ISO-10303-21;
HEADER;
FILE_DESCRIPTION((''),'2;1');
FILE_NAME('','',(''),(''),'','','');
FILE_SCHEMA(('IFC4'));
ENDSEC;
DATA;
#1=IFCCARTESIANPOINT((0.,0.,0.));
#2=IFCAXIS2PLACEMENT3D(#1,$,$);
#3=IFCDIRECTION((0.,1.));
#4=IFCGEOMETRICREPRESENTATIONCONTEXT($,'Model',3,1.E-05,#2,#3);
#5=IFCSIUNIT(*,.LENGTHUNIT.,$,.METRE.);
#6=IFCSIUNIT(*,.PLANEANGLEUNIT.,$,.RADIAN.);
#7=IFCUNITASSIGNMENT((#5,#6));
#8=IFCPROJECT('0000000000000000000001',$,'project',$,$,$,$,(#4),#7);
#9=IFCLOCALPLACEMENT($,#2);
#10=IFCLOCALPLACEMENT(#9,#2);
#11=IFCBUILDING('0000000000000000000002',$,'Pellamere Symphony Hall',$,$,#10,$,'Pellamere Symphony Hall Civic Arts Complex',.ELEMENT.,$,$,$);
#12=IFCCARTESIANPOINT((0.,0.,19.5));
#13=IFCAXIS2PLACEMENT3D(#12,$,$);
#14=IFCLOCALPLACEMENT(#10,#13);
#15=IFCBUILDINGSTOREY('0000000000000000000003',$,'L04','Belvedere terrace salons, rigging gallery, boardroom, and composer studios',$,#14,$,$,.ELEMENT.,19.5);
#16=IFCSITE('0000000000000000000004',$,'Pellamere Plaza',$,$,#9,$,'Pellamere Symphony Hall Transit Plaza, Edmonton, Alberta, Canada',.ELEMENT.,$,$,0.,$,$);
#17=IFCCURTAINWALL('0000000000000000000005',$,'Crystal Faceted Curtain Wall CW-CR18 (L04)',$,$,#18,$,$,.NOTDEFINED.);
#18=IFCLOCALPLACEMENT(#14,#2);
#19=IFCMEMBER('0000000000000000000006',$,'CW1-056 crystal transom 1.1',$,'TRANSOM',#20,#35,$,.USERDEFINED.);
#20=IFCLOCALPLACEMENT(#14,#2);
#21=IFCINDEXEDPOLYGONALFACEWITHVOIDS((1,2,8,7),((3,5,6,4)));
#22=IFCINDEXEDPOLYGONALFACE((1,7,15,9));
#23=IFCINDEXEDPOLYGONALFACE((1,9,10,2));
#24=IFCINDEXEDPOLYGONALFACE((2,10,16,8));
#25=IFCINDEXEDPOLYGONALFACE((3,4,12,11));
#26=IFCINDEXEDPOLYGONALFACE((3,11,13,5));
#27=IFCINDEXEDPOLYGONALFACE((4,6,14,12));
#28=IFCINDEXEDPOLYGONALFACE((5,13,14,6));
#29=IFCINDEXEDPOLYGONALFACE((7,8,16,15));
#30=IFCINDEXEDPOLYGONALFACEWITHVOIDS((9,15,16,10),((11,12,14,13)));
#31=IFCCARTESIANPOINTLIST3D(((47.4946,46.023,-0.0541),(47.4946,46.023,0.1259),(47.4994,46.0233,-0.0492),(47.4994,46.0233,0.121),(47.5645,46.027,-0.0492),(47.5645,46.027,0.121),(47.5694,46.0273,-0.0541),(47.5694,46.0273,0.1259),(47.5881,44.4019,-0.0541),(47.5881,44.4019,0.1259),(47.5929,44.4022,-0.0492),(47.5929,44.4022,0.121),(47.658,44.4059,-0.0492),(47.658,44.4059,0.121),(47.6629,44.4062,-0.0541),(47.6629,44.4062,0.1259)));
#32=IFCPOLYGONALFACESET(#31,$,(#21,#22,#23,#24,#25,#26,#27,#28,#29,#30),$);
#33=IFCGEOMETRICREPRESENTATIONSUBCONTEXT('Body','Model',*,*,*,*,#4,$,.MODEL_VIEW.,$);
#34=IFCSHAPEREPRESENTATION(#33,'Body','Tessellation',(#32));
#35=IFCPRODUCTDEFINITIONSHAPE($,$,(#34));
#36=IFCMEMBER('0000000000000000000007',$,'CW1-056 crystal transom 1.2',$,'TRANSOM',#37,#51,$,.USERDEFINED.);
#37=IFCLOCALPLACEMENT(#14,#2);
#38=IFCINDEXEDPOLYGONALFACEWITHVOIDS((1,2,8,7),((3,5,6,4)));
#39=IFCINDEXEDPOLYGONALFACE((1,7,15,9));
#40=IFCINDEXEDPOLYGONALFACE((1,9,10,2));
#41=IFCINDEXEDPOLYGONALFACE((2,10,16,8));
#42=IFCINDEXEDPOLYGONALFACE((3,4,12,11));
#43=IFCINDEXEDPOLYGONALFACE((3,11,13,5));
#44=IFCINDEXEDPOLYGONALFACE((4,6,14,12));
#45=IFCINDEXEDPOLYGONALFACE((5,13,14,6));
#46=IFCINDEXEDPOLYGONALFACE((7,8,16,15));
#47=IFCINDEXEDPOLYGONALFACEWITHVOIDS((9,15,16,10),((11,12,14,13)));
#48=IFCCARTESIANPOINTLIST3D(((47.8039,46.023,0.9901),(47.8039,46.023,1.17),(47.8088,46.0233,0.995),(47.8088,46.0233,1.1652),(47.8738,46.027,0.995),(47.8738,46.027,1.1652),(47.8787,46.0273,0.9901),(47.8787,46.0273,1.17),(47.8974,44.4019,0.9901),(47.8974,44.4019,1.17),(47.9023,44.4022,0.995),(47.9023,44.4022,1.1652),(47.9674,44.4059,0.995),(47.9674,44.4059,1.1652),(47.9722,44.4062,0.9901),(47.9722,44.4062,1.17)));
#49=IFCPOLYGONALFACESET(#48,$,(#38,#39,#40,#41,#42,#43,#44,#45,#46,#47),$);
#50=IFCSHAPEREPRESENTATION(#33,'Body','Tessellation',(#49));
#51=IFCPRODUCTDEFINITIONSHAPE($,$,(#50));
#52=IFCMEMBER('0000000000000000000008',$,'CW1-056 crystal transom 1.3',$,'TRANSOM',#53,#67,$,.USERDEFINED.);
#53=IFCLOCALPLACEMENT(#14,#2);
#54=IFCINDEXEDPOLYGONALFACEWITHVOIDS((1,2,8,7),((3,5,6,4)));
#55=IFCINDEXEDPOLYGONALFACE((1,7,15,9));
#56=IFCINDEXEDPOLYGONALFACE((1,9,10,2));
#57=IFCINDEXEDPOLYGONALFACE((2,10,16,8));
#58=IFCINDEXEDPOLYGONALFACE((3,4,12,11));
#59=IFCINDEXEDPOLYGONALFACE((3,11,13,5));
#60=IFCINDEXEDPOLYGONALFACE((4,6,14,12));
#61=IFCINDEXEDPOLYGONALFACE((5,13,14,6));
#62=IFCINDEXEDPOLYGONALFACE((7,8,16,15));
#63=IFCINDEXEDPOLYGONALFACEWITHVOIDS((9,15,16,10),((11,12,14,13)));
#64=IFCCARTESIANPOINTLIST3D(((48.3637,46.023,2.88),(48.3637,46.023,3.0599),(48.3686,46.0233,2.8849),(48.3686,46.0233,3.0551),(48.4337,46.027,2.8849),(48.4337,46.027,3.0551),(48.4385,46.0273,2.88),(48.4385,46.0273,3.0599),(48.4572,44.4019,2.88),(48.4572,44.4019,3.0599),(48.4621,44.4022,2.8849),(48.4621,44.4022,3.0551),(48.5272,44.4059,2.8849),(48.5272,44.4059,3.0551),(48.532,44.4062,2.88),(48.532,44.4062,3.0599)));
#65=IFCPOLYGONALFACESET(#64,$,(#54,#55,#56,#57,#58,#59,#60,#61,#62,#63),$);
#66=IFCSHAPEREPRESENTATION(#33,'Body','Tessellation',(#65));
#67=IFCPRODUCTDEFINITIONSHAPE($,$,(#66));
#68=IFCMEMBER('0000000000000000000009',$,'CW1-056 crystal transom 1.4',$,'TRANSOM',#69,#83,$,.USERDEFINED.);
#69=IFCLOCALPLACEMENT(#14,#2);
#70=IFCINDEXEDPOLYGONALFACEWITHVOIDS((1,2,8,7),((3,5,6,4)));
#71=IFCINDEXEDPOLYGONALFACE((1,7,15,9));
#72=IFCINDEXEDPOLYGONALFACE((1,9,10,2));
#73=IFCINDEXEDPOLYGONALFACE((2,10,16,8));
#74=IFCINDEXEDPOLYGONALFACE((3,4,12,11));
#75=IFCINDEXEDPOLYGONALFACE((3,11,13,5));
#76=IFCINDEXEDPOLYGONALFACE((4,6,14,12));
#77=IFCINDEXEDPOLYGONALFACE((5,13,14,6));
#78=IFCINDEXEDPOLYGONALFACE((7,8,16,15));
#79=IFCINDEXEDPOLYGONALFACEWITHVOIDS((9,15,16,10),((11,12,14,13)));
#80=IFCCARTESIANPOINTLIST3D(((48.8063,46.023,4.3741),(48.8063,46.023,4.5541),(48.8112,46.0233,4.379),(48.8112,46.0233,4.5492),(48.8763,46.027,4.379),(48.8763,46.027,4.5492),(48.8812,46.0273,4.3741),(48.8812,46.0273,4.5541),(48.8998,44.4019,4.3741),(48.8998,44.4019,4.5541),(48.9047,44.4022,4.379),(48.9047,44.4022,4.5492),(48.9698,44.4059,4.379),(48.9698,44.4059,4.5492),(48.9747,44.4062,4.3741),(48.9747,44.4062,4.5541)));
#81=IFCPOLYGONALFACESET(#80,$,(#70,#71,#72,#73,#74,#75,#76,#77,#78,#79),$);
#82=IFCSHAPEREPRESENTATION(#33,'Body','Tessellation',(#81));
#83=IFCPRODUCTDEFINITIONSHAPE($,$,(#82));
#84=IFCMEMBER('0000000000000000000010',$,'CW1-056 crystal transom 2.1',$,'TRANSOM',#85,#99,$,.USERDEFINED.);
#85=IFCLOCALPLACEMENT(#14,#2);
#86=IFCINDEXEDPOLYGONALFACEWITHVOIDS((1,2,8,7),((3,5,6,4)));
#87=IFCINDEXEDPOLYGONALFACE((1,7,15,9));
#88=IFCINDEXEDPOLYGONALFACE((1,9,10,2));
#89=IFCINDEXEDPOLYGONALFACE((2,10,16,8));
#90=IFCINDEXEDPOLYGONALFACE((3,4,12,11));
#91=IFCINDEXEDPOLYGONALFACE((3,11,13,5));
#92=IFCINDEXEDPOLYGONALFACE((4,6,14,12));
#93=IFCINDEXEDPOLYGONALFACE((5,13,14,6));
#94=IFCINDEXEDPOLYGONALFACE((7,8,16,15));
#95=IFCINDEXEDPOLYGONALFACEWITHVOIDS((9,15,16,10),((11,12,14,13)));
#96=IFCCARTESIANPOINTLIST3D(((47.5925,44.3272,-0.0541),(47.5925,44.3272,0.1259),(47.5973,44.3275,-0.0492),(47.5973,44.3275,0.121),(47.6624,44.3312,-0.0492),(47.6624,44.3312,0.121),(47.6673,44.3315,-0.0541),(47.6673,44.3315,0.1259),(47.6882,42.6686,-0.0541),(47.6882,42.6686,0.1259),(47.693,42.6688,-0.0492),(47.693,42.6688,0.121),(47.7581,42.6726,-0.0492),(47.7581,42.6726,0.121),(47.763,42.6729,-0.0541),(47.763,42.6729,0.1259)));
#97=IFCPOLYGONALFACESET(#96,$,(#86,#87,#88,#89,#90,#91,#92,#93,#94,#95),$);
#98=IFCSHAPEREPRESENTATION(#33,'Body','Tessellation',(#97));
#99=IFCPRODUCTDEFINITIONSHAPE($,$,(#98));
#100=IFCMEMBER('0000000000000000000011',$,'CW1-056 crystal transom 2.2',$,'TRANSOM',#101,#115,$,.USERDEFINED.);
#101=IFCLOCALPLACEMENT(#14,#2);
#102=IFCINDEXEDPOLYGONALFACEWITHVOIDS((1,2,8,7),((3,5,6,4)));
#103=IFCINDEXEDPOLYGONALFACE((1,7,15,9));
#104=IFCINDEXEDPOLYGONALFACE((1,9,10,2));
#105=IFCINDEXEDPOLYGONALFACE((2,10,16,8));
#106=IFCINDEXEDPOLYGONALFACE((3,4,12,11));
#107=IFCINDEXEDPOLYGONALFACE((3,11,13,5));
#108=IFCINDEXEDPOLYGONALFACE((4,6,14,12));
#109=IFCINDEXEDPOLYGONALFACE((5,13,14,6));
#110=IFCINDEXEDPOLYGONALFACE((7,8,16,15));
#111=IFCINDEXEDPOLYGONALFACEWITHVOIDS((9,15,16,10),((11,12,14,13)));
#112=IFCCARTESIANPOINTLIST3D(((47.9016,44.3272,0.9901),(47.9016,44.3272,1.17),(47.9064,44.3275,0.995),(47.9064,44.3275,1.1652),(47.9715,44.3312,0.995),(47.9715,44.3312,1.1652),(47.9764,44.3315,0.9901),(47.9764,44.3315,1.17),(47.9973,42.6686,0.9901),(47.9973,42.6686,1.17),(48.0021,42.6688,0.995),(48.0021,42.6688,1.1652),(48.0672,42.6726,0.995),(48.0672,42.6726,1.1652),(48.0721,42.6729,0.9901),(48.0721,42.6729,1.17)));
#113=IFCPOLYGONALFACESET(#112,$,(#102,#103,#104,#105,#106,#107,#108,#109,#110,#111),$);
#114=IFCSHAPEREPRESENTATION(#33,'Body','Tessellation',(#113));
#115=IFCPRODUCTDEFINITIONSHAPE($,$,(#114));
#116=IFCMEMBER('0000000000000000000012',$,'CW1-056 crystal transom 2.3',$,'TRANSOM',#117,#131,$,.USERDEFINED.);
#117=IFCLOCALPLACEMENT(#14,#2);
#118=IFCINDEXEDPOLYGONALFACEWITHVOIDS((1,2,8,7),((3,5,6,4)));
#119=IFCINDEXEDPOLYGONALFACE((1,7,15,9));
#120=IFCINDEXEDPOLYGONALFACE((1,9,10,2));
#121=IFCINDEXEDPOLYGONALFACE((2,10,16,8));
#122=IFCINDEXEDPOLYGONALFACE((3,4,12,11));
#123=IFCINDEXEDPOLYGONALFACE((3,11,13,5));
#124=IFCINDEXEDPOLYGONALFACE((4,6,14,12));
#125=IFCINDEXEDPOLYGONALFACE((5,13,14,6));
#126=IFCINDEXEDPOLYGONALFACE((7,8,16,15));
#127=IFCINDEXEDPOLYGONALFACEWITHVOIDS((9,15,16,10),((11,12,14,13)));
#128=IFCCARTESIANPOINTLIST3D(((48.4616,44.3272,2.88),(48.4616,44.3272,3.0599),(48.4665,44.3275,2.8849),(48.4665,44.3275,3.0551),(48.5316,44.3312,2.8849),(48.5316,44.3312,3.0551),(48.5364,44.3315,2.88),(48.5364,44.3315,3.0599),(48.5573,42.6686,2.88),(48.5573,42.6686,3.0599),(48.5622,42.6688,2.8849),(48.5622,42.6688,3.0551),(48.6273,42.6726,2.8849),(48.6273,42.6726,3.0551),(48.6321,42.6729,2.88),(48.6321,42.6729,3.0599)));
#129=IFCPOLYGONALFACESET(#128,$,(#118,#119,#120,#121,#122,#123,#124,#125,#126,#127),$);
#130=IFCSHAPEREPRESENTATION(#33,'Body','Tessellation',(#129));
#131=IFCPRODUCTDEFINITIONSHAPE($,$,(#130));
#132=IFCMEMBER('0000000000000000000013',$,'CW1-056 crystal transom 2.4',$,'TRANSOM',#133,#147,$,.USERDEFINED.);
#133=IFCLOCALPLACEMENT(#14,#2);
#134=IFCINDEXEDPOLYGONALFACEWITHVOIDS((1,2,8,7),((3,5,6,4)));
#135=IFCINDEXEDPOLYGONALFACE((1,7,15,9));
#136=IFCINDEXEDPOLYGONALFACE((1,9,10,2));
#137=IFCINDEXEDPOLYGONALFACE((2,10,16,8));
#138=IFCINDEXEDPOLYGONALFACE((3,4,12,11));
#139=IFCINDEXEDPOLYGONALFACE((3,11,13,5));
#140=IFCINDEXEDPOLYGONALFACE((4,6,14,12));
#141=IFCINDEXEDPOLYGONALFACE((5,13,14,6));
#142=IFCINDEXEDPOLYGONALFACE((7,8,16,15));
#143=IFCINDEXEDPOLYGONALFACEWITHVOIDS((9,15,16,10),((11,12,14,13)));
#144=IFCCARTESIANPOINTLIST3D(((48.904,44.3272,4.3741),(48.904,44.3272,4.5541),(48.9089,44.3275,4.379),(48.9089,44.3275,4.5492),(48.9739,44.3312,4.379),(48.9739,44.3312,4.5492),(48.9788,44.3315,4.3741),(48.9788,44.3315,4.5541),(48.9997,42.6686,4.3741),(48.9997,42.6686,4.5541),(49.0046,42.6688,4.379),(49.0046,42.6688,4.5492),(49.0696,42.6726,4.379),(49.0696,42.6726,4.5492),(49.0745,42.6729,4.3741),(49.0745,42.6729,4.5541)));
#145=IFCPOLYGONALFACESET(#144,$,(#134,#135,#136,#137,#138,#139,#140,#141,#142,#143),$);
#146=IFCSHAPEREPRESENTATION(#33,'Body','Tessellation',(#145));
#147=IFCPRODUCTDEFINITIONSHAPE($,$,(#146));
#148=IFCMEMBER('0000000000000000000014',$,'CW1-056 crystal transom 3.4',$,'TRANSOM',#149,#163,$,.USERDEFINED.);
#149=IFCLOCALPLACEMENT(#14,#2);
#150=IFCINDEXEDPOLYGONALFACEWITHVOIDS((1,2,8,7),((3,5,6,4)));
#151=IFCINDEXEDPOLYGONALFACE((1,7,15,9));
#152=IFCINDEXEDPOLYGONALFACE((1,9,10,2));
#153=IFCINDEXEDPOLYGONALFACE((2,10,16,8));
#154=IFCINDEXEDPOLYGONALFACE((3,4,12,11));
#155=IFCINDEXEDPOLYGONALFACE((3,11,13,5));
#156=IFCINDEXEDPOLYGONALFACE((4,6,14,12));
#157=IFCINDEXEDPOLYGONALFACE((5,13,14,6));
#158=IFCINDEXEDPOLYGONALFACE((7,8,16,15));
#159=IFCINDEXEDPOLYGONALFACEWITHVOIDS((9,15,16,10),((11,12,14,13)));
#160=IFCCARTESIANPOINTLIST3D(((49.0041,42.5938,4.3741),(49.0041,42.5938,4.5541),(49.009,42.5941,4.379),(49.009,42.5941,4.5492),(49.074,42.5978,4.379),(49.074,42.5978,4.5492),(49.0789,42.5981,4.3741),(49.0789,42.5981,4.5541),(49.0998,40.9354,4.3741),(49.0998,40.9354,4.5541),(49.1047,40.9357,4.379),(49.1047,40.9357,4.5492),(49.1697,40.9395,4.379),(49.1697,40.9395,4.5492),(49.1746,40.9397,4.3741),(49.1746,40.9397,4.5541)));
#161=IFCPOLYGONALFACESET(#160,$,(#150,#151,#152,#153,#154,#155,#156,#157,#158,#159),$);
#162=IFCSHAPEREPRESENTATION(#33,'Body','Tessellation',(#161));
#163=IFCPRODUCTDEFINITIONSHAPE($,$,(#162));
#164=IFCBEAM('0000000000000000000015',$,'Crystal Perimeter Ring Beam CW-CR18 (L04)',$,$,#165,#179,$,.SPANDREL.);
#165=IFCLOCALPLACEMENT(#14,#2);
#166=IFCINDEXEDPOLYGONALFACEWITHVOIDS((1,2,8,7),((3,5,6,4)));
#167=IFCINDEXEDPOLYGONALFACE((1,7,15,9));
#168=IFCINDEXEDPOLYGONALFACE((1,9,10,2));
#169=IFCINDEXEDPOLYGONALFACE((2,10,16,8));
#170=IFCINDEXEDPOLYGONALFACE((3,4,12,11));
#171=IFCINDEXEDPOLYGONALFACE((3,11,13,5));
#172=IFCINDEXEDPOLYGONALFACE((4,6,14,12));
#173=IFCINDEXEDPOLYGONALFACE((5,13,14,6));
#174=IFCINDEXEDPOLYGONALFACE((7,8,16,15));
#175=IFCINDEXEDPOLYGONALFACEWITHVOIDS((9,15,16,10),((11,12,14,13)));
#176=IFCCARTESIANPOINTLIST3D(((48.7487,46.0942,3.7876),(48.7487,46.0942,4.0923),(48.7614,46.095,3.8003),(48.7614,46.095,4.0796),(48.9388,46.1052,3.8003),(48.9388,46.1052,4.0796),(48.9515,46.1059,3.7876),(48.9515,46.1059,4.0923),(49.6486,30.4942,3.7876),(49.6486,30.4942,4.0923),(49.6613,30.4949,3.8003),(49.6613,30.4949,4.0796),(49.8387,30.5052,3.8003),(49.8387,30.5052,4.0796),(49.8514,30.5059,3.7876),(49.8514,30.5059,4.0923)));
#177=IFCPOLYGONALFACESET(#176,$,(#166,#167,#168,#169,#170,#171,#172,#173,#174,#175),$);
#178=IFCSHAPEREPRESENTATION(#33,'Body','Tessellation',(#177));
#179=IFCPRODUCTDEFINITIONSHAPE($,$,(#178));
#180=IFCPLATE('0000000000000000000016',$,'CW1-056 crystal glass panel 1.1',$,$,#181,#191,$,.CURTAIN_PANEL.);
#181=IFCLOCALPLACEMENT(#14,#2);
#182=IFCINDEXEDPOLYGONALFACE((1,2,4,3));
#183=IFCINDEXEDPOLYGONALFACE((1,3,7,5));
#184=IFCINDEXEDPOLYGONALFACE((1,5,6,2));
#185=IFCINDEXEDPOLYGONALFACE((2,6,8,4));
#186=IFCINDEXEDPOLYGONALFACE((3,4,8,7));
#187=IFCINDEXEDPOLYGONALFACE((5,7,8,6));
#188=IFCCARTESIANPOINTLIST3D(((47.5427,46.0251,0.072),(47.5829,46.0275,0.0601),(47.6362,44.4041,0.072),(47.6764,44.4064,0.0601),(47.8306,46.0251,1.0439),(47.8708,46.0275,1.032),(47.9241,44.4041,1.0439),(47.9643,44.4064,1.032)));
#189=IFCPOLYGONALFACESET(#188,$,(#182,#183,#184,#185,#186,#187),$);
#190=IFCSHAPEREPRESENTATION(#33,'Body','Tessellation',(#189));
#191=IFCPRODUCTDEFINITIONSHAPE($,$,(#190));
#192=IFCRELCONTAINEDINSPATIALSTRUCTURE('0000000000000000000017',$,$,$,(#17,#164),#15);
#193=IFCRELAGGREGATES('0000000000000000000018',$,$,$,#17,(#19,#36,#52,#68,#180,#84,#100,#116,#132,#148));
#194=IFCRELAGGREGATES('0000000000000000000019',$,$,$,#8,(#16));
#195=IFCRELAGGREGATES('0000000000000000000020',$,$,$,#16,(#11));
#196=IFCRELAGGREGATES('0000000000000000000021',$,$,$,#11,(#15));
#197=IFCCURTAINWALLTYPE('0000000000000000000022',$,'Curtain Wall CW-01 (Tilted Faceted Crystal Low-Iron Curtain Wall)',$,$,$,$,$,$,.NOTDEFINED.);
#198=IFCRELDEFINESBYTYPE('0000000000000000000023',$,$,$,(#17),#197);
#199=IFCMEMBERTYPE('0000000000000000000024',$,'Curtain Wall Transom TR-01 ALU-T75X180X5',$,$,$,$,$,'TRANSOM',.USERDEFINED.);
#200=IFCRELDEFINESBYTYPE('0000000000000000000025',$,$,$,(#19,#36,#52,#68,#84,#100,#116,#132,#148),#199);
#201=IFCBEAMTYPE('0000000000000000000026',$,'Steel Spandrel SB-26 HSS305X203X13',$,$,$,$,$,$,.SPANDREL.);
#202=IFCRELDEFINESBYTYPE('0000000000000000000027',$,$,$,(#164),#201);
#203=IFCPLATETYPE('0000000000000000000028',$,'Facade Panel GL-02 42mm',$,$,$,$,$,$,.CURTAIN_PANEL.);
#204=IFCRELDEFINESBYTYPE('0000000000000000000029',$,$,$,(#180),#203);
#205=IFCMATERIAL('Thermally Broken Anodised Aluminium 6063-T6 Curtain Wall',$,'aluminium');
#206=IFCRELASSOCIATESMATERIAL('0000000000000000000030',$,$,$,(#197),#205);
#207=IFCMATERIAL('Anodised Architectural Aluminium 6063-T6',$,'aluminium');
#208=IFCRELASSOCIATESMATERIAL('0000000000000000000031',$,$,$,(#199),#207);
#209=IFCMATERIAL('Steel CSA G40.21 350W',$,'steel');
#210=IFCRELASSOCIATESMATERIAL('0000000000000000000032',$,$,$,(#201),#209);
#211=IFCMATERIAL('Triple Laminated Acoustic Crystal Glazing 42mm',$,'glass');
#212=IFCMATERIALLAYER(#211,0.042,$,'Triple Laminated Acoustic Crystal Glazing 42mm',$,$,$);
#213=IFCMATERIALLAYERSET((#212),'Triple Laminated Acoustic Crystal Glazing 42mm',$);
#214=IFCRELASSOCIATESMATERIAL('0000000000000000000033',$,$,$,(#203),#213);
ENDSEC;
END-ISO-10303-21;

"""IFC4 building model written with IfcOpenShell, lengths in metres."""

from ifc_helpers import new_model, si_unit, direction, frame, origin, origin_2d, place, context, subcontext, project, spatial, polyline, hollow_rectangle, outline, extrude, material, layer, layer_set, material_profile, profile_set, type_object, element, aggregate, save


model = new_model("IFC4")

# Units and contexts
model_context = context("Model", 3, precision=1e-05, world=origin(), true_north=direction((0.0, 1.0)))
body_context = subcontext(model_context, "Body", "Model", "MODEL_VIEW")
ifc_project = project(units=[si_unit("LENGTHUNIT", "METRE"), si_unit("PLANEANGLEUNIT", "RADIAN")], contexts=[model_context])

# Site, building, storey
site_placement = place(None, origin())
site = spatial("IfcSite", under=ifc_project, at=site_placement, Name="Pellamere Plaza", LongName="Pellamere Symphony Hall Transit Plaza, Edmonton, Alberta, Canada", CompositionType="ELEMENT", RefElevation=0.0)
building_placement = place(site_placement, origin())
building = spatial("IfcBuilding", under=site, at=building_placement, Name="Pellamere Symphony Hall", LongName="Pellamere Symphony Hall Civic Arts Complex", CompositionType="ELEMENT")
storey_placement = place(building_placement, frame((0.0, 0.0, 19.5)))
storey = spatial("IfcBuildingStorey", under=building, at=storey_placement, Name="L04", Description="Belvedere terrace salons, rigging gallery, boardroom, and composer studios", CompositionType="ELEMENT", Elevation=19.5)

# Curtain wall
ifc_material_1 = material(Name="Thermally Broken Anodised Aluminium 6063-T6 Curtain Wall", Category="aluminium")
curtain_wall_type = type_object("IfcCurtainWallType", Name="Curtain Wall CW-01 (Tilted Faceted Crystal Low-Iron Curtain Wall)", PredefinedType="NOTDEFINED", material=ifc_material_1)
ifc_material_2 = material(Name="Anodised Architectural Aluminium 6063-T6", Category="aluminium")
curtain_wall_1_placement = place(storey_placement, origin())
curtain_wall_1 = element("IfcCurtainWall", 1, at=curtain_wall_1_placement, inside=storey, type_object=curtain_wall_type, Name="Crystal Faceted Curtain Wall CW-CR18 (L04)", PredefinedType="NOTDEFINED")

# Members
ifc_material_profile_1 = material_profile(ifc_material_2, hollow_rectangle(XDim=0.075, YDim=0.1799, WallThickness=0.0049, at=origin_2d()), Name="ALU-T75X180X5")
ifc_profile_set_1 = profile_set([ifc_material_profile_1], Name="Anodised Architectural Aluminium 6063-T6")
member_type_1 = type_object("IfcMemberType", Name="Curtain Wall Transom TR-01 ALU-T75X180X5", ElementType="TRANSOM", PredefinedType="USERDEFINED", material=ifc_profile_set_1)
member_1_placement = place(storey_placement, frame((47.532, 46.0251, 0.0359), z_axis=(0.057585, -0.998341, 0.0), x_axis=(0.998341, 0.057585, 0.0)))
member_1 = element("IfcMember", 2, at=member_1_placement, type_object=member_type_1, Name="CW1-056 crystal transom 1.1", ObjectType="TRANSOM", PredefinedType="USERDEFINED", context=body_context, shape_type="SweptSolid", body=[
    extrude(hollow_rectangle(XDim=0.075, YDim=0.1799, WallThickness=0.0049, at=origin_2d()), origin(), (0.0, 0.0, 1.0), 1.6238),
])
member_2_placement = place(storey_placement, frame((47.8413, 46.0251, 1.0801), z_axis=(0.057585, -0.998341, 0.0), x_axis=(0.998341, 0.057585, 0.0)))
member_2 = element("IfcMember", 3, at=member_2_placement, type_object=member_type_1, Name="CW1-056 crystal transom 1.2", ObjectType="TRANSOM", PredefinedType="USERDEFINED", context=body_context, shape_type="SweptSolid", body=[
    extrude(hollow_rectangle(XDim=0.075, YDim=0.1799, WallThickness=0.0049, at=origin_2d()), origin(), (0.0, 0.0, 1.0), 1.6238),
])
member_3_placement = place(storey_placement, frame((48.4011, 46.0251, 2.97), z_axis=(0.057585, -0.998341, 0.0), x_axis=(0.998341, 0.057585, 0.0)))
member_3 = element("IfcMember", 4, at=member_3_placement, type_object=member_type_1, Name="CW1-056 crystal transom 1.3", ObjectType="TRANSOM", PredefinedType="USERDEFINED", context=body_context, shape_type="SweptSolid", body=[
    extrude(hollow_rectangle(XDim=0.075, YDim=0.1799, WallThickness=0.0049, at=origin_2d()), origin(), (0.0, 0.0, 1.0), 1.6238),
])
member_4_placement = place(storey_placement, frame((48.8438, 46.0251, 4.4641), z_axis=(0.057585, -0.998341, 0.0), x_axis=(0.998341, 0.057585, 0.0)))
member_4 = element("IfcMember", 5, at=member_4_placement, type_object=member_type_1, Name="CW1-056 crystal transom 1.4", ObjectType="TRANSOM", PredefinedType="USERDEFINED", context=body_context, shape_type="SweptSolid", body=[
    extrude(hollow_rectangle(XDim=0.075, YDim=0.1799, WallThickness=0.0049, at=origin_2d()), origin(), (0.0, 0.0, 1.0), 1.6238),
])
member_5_placement = place(storey_placement, frame((47.6299, 44.3293, 0.0359), z_axis=(0.057602, -0.99834, 0.0), x_axis=(0.99834, 0.057602, 0.0)))
member_5 = element("IfcMember", 6, at=member_5_placement, type_object=member_type_1, Name="CW1-056 crystal transom 2.1", ObjectType="TRANSOM", PredefinedType="USERDEFINED", context=body_context, shape_type="SweptSolid", body=[
    extrude(hollow_rectangle(XDim=0.075, YDim=0.1799, WallThickness=0.0049, at=origin_2d()), origin(), (0.0, 0.0, 1.0), 1.6614),
])
member_6_placement = place(storey_placement, frame((47.939, 44.3293, 1.0801), z_axis=(0.057602, -0.99834, 0.0), x_axis=(0.99834, 0.057602, 0.0)))
member_6 = element("IfcMember", 7, at=member_6_placement, type_object=member_type_1, Name="CW1-056 crystal transom 2.2", ObjectType="TRANSOM", PredefinedType="USERDEFINED", context=body_context, shape_type="SweptSolid", body=[
    extrude(hollow_rectangle(XDim=0.075, YDim=0.1799, WallThickness=0.0049, at=origin_2d()), origin(), (0.0, 0.0, 1.0), 1.6614),
])
member_7_placement = place(storey_placement, frame((48.499, 44.3293, 2.97), z_axis=(0.057602, -0.99834, 0.0), x_axis=(0.99834, 0.057602, 0.0)))
member_7 = element("IfcMember", 8, at=member_7_placement, type_object=member_type_1, Name="CW1-056 crystal transom 2.3", ObjectType="TRANSOM", PredefinedType="USERDEFINED", context=body_context, shape_type="SweptSolid", body=[
    extrude(hollow_rectangle(XDim=0.075, YDim=0.1799, WallThickness=0.0049, at=origin_2d()), origin(), (0.0, 0.0, 1.0), 1.6614),
])
member_8_placement = place(storey_placement, frame((48.9414, 44.3293, 4.4641), z_axis=(0.057602, -0.99834, 0.0), x_axis=(0.99834, 0.057602, 0.0)))
member_8 = element("IfcMember", 9, at=member_8_placement, type_object=member_type_1, Name="CW1-056 crystal transom 2.4", ObjectType="TRANSOM", PredefinedType="USERDEFINED", context=body_context, shape_type="SweptSolid", body=[
    extrude(hollow_rectangle(XDim=0.075, YDim=0.1799, WallThickness=0.0049, at=origin_2d()), origin(), (0.0, 0.0, 1.0), 1.6614),
])
member_9_placement = place(storey_placement, frame((49.0415, 42.5959, 4.4641), z_axis=(0.057611, -0.998339, 0.0), x_axis=(0.998339, 0.057611, 0.0)))
member_9 = element("IfcMember", 10, at=member_9_placement, type_object=member_type_1, Name="CW1-056 crystal transom 3.4", ObjectType="TRANSOM", PredefinedType="USERDEFINED", context=body_context, shape_type="SweptSolid", body=[
    extrude(hollow_rectangle(XDim=0.075, YDim=0.1799, WallThickness=0.0049, at=origin_2d()), origin(), (0.0, 0.0, 1.0), 1.6611),
])

# Beam
ifc_material_3 = material(Name="Steel CSA G40.21 350W", Category="steel")
ifc_material_profile_2 = material_profile(ifc_material_3, hollow_rectangle(XDim=0.2031, YDim=0.3047, WallThickness=0.0127, at=origin_2d()), Name="HSS305X203X13")
ifc_profile_set_2 = profile_set([ifc_material_profile_2], Name="Steel CSA G40.21 350W")
beam_type = type_object("IfcBeamType", Name="Steel Spandrel SB-26 HSS305X203X13", PredefinedType="SPANDREL", material=ifc_profile_set_2)
beam_placement = place(storey_placement, frame((48.8501, 46.1001, 3.9399), z_axis=(0.05759, -0.99834, 0.0), x_axis=(0.99834, 0.05759, 0.0)))
element("IfcBeam", 11, at=beam_placement, inside=storey, type_object=beam_type, Name="Crystal Perimeter Ring Beam CW-CR18 (L04)", PredefinedType="SPANDREL", context=body_context, shape_type="SweptSolid", body=[
    extrude(hollow_rectangle(XDim=0.2031, YDim=0.3047, WallThickness=0.0127, at=origin_2d()), origin(), (0.0, 0.0, 1.0), 15.626),
])

# Plate
ifc_material_4 = material(Name="Triple Laminated Acoustic Crystal Glazing 42mm", Category="glass")
ifc_layer_1 = layer(ifc_material_4, 0.042, Name="Triple Laminated Acoustic Crystal Glazing 42mm")
ifc_layer_set_1 = layer_set([ifc_layer_1], Name="Triple Laminated Acoustic Crystal Glazing 42mm")
plate_type_1 = type_object("IfcPlateType", Name="Facade Panel GL-02 42mm", PredefinedType="CURTAIN_PANEL", material=ifc_layer_set_1)
plate_1_placement = place(storey_placement, frame((47.5427, 46.0251, 0.072), z_axis=(-0.957371, -0.055222, 0.283532), x_axis=(0.057585, -0.998341, 0.0)))
plate_1 = element("IfcPlate", 12, at=plate_1_placement, type_object=plate_type_1, Name="CW1-056 crystal glass panel 1.1", PredefinedType="CURTAIN_PANEL", context=body_context, shape_type="SweptSolid", body=[
    extrude(outline(polyline([(0.0, 0.0), (1.6238, 0.0), (1.6404, 1.0135), (0.0166, 1.0135), (0.0, 0.0)])), origin(), (0.0, 0.0, -1.0), 0.042),
])
aggregate(curtain_wall_1, [member_1, member_2, member_3, member_4, plate_1, member_5, member_6, member_7, member_8, member_9])

save(model, "model.ifc")
